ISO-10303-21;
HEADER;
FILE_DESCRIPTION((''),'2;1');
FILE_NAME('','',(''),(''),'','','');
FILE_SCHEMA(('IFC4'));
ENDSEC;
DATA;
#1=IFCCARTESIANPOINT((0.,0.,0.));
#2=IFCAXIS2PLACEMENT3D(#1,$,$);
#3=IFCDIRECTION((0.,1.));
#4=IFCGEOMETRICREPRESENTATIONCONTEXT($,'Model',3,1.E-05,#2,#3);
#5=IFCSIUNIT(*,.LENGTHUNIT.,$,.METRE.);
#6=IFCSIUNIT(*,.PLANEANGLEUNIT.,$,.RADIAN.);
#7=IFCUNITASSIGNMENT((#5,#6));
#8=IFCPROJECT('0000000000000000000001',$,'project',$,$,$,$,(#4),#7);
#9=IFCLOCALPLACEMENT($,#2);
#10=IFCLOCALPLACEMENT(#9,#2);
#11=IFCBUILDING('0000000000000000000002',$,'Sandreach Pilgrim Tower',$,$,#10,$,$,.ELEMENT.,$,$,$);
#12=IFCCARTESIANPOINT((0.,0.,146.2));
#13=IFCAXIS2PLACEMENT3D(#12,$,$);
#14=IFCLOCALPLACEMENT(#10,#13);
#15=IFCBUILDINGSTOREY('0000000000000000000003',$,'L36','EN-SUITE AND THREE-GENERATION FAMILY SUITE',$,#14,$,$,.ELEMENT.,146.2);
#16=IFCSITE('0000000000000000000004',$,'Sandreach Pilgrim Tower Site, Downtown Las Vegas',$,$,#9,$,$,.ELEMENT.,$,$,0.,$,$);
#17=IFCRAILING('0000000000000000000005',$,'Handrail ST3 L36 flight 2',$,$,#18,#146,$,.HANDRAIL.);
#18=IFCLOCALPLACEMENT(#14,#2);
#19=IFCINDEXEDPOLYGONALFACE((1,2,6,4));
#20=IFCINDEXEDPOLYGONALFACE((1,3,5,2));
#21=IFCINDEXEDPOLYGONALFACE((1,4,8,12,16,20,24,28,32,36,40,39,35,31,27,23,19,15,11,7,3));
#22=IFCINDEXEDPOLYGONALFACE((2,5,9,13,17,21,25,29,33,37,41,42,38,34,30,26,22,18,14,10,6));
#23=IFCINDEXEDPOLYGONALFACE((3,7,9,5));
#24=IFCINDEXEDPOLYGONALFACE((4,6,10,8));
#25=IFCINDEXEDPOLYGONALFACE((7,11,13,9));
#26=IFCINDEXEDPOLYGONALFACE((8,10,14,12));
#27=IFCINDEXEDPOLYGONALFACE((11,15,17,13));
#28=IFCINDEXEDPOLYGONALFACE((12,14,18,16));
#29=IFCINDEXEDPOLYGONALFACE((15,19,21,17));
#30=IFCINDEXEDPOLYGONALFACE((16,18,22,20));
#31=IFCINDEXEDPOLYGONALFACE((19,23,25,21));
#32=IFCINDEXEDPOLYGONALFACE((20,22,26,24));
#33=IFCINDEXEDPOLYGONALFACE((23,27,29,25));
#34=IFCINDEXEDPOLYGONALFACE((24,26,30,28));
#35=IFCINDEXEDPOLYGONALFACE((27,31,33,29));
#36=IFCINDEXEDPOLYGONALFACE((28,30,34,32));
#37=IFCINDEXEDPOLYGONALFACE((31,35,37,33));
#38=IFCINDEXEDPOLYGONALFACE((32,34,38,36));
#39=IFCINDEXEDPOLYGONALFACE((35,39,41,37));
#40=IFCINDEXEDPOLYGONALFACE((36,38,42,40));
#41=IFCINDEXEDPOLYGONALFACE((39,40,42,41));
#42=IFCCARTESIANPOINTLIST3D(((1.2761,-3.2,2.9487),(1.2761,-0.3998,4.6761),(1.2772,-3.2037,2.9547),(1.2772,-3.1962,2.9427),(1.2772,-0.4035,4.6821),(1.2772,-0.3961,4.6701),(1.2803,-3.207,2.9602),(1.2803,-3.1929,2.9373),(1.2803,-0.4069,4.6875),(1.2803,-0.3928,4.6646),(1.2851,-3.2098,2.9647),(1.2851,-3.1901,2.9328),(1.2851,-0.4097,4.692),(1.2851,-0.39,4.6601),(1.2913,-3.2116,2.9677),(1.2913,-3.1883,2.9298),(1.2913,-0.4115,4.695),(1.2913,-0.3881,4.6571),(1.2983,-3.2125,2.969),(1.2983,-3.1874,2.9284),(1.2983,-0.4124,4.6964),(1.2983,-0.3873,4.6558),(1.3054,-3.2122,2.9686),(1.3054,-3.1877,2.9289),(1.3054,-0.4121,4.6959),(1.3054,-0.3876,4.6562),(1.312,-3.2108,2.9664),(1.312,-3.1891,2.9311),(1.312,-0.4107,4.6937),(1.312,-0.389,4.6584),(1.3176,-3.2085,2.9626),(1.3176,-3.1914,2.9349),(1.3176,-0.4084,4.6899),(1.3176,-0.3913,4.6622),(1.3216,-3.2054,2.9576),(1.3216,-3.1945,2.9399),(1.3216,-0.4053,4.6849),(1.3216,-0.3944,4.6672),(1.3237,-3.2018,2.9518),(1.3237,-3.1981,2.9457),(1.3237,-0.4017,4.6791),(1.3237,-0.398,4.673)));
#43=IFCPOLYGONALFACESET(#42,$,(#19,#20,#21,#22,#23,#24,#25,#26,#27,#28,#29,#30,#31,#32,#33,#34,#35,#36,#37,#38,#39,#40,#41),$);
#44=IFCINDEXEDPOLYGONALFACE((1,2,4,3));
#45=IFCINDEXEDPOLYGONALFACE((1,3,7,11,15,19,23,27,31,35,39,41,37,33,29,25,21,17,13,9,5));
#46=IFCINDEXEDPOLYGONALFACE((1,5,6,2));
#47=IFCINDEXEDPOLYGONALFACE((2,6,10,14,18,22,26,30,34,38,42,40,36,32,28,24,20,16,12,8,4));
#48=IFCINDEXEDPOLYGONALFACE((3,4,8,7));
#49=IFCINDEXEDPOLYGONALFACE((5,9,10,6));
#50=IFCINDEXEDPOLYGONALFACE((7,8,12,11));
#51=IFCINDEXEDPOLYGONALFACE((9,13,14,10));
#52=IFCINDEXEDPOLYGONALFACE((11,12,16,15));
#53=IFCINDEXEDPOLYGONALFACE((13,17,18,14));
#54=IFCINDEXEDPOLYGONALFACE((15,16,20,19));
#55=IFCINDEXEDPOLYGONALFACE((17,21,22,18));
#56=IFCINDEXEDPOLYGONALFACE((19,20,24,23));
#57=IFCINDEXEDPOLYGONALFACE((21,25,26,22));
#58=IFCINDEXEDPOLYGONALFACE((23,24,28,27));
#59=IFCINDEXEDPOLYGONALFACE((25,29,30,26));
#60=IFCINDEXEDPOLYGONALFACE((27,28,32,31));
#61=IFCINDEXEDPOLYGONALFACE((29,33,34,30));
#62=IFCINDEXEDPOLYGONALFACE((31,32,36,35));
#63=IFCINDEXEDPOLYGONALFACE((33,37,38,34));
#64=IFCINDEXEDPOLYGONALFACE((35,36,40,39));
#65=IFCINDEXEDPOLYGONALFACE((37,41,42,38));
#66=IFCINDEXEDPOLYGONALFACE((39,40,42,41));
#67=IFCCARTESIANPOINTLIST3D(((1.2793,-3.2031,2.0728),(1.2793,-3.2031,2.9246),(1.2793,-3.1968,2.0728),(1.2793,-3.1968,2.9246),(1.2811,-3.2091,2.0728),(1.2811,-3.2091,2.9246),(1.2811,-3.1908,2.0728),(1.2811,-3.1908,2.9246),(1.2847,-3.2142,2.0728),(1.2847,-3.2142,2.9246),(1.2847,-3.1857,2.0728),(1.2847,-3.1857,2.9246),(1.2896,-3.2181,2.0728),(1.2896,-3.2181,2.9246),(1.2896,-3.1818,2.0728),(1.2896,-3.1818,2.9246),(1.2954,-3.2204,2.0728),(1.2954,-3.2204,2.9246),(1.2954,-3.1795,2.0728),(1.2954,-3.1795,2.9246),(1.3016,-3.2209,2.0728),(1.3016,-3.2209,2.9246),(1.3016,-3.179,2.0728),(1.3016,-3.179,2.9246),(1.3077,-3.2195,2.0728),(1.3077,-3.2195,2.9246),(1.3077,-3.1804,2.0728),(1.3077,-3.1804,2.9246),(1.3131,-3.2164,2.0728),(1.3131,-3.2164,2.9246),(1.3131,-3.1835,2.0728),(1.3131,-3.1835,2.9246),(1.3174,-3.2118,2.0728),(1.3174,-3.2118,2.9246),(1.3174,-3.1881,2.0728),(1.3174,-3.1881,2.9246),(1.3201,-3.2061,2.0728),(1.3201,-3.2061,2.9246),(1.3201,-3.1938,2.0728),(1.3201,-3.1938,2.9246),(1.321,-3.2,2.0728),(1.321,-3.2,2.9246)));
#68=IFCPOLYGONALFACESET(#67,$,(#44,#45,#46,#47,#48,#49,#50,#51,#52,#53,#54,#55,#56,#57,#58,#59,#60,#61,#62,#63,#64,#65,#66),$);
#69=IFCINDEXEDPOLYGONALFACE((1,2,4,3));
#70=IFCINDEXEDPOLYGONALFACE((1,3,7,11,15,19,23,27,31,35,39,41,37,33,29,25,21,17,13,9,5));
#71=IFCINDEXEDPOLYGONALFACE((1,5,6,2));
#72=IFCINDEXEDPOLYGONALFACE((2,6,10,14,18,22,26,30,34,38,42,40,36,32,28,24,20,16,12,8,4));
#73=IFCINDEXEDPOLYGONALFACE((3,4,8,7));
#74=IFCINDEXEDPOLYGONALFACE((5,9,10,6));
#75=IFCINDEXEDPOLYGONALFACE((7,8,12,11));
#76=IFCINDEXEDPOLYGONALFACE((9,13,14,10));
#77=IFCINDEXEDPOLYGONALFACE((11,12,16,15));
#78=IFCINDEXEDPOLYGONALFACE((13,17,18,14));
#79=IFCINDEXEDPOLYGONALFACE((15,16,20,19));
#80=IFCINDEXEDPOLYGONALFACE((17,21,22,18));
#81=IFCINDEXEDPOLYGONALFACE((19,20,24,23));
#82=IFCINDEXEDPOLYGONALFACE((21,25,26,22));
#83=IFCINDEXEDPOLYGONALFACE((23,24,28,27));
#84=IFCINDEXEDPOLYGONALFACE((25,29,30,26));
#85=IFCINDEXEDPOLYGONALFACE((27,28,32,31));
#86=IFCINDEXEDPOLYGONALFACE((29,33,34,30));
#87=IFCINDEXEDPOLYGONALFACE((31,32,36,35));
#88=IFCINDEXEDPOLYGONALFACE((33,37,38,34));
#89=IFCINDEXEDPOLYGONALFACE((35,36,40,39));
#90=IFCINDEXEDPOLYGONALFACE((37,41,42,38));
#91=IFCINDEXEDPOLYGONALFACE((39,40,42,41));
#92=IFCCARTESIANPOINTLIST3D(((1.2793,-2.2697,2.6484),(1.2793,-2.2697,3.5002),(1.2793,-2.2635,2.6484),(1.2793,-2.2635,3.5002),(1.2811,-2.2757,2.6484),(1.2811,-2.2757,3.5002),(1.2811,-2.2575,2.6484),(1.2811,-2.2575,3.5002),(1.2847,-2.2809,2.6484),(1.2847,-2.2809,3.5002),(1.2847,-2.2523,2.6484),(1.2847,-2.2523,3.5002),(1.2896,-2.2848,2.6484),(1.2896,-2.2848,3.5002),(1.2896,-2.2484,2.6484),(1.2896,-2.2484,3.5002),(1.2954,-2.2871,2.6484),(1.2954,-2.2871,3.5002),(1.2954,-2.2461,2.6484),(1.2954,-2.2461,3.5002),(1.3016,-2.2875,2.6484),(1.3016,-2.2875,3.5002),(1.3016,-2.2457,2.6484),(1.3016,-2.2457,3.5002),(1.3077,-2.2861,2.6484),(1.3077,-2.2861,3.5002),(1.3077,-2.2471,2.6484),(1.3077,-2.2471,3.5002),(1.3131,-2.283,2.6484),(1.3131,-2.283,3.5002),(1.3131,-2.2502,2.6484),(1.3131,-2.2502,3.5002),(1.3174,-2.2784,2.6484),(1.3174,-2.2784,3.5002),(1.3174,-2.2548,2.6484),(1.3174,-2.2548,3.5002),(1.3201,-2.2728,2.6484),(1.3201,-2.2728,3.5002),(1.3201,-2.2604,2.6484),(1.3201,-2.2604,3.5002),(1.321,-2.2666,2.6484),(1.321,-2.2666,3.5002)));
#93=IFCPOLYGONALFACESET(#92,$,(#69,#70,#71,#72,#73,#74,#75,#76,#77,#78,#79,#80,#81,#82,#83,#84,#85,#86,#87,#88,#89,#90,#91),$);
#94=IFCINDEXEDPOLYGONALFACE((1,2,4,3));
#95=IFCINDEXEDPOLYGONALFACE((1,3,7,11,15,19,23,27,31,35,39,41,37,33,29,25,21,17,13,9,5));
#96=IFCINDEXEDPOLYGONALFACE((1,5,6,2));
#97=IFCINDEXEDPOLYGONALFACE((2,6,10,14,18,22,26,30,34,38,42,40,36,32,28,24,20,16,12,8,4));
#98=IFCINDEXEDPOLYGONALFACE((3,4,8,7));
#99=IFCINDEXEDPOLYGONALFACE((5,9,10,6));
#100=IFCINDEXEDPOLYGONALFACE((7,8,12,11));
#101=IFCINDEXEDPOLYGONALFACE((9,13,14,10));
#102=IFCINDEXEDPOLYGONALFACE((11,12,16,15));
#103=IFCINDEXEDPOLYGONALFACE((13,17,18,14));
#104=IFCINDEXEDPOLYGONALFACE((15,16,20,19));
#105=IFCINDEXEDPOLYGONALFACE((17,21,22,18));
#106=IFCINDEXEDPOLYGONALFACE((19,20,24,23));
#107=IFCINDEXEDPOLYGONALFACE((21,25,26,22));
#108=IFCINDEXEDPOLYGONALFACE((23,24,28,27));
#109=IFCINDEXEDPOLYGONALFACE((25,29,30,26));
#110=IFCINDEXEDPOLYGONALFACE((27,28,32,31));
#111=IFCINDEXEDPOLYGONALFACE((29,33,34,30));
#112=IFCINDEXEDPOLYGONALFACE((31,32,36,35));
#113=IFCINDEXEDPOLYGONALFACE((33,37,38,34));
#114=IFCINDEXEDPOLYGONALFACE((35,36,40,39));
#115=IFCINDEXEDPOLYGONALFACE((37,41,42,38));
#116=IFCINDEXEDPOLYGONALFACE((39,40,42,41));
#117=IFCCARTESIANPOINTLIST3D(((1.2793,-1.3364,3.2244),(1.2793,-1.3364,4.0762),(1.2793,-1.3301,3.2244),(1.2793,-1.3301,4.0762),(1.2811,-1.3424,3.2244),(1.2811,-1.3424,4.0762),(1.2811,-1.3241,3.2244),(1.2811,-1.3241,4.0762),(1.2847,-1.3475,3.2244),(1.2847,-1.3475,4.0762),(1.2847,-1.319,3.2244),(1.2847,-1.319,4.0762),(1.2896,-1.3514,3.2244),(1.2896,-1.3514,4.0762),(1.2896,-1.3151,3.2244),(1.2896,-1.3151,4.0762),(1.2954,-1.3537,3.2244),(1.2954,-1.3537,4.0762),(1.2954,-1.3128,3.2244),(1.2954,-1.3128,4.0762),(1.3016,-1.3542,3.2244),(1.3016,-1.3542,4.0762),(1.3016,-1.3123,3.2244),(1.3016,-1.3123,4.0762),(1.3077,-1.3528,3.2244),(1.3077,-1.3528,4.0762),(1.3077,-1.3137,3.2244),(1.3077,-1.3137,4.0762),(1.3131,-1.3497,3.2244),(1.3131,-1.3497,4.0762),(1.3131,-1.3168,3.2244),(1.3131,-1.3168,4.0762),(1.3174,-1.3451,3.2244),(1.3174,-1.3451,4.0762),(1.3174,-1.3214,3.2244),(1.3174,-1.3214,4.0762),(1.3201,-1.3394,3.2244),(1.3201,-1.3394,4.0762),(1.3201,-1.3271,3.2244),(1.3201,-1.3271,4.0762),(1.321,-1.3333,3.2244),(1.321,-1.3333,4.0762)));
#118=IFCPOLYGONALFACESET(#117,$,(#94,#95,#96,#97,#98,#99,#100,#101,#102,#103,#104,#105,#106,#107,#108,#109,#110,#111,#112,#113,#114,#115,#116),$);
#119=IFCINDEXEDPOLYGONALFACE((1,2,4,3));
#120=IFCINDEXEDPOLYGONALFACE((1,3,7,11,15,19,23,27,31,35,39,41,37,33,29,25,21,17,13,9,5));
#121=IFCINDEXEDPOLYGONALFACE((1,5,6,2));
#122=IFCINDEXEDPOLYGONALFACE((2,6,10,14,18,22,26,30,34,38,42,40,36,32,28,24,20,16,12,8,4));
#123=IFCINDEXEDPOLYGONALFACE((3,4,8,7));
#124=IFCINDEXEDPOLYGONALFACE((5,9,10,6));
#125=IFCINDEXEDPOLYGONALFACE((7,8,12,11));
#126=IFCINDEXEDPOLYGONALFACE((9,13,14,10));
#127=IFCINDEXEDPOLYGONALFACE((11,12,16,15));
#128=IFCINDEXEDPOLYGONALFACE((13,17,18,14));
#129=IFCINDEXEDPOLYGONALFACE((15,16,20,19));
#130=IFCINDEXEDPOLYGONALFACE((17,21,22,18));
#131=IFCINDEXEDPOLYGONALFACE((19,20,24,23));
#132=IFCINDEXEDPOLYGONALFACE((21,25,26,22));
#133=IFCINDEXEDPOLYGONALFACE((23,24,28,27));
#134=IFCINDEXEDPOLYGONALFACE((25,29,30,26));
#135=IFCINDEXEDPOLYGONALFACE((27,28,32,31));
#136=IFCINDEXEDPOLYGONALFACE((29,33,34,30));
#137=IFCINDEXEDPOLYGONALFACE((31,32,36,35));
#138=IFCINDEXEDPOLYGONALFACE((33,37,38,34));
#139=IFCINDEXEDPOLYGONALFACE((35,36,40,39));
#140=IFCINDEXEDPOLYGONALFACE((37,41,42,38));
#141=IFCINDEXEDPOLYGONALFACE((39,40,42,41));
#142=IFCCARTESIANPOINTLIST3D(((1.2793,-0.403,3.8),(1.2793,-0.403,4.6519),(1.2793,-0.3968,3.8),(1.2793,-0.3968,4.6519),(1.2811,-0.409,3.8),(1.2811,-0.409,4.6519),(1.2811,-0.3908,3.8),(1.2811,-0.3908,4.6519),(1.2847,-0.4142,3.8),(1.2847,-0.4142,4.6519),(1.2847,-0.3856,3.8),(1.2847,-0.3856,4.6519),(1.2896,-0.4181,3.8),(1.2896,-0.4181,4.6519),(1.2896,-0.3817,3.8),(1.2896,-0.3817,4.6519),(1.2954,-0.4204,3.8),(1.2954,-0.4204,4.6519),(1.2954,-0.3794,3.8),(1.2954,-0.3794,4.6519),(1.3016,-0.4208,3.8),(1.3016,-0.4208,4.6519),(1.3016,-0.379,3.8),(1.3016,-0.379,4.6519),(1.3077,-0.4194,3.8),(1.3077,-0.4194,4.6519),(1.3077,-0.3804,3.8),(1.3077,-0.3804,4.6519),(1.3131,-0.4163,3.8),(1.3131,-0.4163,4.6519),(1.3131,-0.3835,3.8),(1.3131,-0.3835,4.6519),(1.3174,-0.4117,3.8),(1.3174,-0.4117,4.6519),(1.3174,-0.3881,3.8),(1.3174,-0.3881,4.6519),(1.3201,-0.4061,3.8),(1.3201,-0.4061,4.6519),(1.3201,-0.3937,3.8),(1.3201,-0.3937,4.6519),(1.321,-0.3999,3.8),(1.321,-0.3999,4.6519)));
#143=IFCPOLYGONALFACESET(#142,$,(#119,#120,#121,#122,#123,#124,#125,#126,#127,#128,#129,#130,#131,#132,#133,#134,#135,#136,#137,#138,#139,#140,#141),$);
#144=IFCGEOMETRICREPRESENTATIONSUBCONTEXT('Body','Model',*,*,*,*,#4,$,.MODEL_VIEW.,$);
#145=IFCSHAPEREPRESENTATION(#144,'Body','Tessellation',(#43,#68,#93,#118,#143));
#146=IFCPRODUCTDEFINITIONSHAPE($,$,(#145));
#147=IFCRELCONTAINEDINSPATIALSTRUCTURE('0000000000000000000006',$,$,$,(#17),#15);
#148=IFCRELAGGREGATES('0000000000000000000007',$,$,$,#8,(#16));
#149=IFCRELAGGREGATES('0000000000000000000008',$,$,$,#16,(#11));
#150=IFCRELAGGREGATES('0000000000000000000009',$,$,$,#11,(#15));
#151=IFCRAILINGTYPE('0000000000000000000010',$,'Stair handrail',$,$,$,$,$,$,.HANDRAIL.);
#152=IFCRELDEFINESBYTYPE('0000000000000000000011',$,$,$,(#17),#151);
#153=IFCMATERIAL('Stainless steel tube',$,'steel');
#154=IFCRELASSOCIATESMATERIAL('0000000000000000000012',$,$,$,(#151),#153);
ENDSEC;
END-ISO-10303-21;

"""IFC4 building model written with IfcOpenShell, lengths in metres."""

from ifc_helpers import new_model, si_unit, direction, frame, origin, origin_2d, place, context, subcontext, project, spatial, circle, extrude, material, type_object, element, save


model = new_model("IFC4")

# Units and contexts
model_context = context("Model", 3, precision=1e-05, world=origin(), true_north=direction((0.0, 1.0)))
body_context = subcontext(model_context, "Body", "Model", "MODEL_VIEW")
ifc_project = project(units=[si_unit("LENGTHUNIT", "METRE"), si_unit("PLANEANGLEUNIT", "RADIAN")], contexts=[model_context])

# Site, building, storey
site_placement = place(None, origin())
site = spatial("IfcSite", under=ifc_project, at=site_placement, Name="Sandreach Pilgrim Tower Site, Downtown Las Vegas", CompositionType="ELEMENT", RefElevation=0.0)
building_placement = place(site_placement, origin())
building = spatial("IfcBuilding", under=site, at=building_placement, Name="Sandreach Pilgrim Tower", CompositionType="ELEMENT")
storey_placement = place(building_placement, frame((0.0, 0.0, 146.2)))
storey = spatial("IfcBuildingStorey", under=building, at=storey_placement, Name="L36", Description="EN-SUITE AND THREE-GENERATION FAMILY SUITE", CompositionType="ELEMENT", Elevation=146.2)

# Railing
ifc_material_1 = material(Name="Stainless steel tube", Category="steel")
railing_type = type_object("IfcRailingType", Name="Stair handrail", PredefinedType="HANDRAIL", material=ifc_material_1)
for number, where, name in (
    (1, (1.3, -3.2, 2.0728), "Handrail ST3 L36 flight 2"),
):
    element("IfcRailing", number, at=place(storey_placement, frame(where)), inside=storey, type_object=railing_type, Name=name, PredefinedType="HANDRAIL", context=body_context, shape_type="SweptSolid", body=[
        extrude(circle(Radius=0.0239, at=origin_2d()), frame((0.0, 0.0, 0.876), z_axis=(0.0, 0.85109, 0.52502), x_axis=(-1.0, 0.0, 0.0)), (0.0, 0.0, 1.0), 3.29),
        extrude(circle(Radius=0.021, at=origin_2d()), origin(), (0.0, 0.0, 1.0), 0.8518),
        extrude(circle(Radius=0.021, at=origin_2d()), frame((0.0, 0.9333, 0.5757)), (0.0, 0.0, 1.0), 0.8518),
        extrude(circle(Radius=0.021, at=origin_2d()), frame((0.0, 1.8667, 1.1516)), (0.0, 0.0, 1.0), 0.8518),
        extrude(circle(Radius=0.021, at=origin_2d()), frame((0.0, 2.8, 1.7273)), (0.0, 0.0, 1.0), 0.8518),
    ])

save(model, "model.ifc")
